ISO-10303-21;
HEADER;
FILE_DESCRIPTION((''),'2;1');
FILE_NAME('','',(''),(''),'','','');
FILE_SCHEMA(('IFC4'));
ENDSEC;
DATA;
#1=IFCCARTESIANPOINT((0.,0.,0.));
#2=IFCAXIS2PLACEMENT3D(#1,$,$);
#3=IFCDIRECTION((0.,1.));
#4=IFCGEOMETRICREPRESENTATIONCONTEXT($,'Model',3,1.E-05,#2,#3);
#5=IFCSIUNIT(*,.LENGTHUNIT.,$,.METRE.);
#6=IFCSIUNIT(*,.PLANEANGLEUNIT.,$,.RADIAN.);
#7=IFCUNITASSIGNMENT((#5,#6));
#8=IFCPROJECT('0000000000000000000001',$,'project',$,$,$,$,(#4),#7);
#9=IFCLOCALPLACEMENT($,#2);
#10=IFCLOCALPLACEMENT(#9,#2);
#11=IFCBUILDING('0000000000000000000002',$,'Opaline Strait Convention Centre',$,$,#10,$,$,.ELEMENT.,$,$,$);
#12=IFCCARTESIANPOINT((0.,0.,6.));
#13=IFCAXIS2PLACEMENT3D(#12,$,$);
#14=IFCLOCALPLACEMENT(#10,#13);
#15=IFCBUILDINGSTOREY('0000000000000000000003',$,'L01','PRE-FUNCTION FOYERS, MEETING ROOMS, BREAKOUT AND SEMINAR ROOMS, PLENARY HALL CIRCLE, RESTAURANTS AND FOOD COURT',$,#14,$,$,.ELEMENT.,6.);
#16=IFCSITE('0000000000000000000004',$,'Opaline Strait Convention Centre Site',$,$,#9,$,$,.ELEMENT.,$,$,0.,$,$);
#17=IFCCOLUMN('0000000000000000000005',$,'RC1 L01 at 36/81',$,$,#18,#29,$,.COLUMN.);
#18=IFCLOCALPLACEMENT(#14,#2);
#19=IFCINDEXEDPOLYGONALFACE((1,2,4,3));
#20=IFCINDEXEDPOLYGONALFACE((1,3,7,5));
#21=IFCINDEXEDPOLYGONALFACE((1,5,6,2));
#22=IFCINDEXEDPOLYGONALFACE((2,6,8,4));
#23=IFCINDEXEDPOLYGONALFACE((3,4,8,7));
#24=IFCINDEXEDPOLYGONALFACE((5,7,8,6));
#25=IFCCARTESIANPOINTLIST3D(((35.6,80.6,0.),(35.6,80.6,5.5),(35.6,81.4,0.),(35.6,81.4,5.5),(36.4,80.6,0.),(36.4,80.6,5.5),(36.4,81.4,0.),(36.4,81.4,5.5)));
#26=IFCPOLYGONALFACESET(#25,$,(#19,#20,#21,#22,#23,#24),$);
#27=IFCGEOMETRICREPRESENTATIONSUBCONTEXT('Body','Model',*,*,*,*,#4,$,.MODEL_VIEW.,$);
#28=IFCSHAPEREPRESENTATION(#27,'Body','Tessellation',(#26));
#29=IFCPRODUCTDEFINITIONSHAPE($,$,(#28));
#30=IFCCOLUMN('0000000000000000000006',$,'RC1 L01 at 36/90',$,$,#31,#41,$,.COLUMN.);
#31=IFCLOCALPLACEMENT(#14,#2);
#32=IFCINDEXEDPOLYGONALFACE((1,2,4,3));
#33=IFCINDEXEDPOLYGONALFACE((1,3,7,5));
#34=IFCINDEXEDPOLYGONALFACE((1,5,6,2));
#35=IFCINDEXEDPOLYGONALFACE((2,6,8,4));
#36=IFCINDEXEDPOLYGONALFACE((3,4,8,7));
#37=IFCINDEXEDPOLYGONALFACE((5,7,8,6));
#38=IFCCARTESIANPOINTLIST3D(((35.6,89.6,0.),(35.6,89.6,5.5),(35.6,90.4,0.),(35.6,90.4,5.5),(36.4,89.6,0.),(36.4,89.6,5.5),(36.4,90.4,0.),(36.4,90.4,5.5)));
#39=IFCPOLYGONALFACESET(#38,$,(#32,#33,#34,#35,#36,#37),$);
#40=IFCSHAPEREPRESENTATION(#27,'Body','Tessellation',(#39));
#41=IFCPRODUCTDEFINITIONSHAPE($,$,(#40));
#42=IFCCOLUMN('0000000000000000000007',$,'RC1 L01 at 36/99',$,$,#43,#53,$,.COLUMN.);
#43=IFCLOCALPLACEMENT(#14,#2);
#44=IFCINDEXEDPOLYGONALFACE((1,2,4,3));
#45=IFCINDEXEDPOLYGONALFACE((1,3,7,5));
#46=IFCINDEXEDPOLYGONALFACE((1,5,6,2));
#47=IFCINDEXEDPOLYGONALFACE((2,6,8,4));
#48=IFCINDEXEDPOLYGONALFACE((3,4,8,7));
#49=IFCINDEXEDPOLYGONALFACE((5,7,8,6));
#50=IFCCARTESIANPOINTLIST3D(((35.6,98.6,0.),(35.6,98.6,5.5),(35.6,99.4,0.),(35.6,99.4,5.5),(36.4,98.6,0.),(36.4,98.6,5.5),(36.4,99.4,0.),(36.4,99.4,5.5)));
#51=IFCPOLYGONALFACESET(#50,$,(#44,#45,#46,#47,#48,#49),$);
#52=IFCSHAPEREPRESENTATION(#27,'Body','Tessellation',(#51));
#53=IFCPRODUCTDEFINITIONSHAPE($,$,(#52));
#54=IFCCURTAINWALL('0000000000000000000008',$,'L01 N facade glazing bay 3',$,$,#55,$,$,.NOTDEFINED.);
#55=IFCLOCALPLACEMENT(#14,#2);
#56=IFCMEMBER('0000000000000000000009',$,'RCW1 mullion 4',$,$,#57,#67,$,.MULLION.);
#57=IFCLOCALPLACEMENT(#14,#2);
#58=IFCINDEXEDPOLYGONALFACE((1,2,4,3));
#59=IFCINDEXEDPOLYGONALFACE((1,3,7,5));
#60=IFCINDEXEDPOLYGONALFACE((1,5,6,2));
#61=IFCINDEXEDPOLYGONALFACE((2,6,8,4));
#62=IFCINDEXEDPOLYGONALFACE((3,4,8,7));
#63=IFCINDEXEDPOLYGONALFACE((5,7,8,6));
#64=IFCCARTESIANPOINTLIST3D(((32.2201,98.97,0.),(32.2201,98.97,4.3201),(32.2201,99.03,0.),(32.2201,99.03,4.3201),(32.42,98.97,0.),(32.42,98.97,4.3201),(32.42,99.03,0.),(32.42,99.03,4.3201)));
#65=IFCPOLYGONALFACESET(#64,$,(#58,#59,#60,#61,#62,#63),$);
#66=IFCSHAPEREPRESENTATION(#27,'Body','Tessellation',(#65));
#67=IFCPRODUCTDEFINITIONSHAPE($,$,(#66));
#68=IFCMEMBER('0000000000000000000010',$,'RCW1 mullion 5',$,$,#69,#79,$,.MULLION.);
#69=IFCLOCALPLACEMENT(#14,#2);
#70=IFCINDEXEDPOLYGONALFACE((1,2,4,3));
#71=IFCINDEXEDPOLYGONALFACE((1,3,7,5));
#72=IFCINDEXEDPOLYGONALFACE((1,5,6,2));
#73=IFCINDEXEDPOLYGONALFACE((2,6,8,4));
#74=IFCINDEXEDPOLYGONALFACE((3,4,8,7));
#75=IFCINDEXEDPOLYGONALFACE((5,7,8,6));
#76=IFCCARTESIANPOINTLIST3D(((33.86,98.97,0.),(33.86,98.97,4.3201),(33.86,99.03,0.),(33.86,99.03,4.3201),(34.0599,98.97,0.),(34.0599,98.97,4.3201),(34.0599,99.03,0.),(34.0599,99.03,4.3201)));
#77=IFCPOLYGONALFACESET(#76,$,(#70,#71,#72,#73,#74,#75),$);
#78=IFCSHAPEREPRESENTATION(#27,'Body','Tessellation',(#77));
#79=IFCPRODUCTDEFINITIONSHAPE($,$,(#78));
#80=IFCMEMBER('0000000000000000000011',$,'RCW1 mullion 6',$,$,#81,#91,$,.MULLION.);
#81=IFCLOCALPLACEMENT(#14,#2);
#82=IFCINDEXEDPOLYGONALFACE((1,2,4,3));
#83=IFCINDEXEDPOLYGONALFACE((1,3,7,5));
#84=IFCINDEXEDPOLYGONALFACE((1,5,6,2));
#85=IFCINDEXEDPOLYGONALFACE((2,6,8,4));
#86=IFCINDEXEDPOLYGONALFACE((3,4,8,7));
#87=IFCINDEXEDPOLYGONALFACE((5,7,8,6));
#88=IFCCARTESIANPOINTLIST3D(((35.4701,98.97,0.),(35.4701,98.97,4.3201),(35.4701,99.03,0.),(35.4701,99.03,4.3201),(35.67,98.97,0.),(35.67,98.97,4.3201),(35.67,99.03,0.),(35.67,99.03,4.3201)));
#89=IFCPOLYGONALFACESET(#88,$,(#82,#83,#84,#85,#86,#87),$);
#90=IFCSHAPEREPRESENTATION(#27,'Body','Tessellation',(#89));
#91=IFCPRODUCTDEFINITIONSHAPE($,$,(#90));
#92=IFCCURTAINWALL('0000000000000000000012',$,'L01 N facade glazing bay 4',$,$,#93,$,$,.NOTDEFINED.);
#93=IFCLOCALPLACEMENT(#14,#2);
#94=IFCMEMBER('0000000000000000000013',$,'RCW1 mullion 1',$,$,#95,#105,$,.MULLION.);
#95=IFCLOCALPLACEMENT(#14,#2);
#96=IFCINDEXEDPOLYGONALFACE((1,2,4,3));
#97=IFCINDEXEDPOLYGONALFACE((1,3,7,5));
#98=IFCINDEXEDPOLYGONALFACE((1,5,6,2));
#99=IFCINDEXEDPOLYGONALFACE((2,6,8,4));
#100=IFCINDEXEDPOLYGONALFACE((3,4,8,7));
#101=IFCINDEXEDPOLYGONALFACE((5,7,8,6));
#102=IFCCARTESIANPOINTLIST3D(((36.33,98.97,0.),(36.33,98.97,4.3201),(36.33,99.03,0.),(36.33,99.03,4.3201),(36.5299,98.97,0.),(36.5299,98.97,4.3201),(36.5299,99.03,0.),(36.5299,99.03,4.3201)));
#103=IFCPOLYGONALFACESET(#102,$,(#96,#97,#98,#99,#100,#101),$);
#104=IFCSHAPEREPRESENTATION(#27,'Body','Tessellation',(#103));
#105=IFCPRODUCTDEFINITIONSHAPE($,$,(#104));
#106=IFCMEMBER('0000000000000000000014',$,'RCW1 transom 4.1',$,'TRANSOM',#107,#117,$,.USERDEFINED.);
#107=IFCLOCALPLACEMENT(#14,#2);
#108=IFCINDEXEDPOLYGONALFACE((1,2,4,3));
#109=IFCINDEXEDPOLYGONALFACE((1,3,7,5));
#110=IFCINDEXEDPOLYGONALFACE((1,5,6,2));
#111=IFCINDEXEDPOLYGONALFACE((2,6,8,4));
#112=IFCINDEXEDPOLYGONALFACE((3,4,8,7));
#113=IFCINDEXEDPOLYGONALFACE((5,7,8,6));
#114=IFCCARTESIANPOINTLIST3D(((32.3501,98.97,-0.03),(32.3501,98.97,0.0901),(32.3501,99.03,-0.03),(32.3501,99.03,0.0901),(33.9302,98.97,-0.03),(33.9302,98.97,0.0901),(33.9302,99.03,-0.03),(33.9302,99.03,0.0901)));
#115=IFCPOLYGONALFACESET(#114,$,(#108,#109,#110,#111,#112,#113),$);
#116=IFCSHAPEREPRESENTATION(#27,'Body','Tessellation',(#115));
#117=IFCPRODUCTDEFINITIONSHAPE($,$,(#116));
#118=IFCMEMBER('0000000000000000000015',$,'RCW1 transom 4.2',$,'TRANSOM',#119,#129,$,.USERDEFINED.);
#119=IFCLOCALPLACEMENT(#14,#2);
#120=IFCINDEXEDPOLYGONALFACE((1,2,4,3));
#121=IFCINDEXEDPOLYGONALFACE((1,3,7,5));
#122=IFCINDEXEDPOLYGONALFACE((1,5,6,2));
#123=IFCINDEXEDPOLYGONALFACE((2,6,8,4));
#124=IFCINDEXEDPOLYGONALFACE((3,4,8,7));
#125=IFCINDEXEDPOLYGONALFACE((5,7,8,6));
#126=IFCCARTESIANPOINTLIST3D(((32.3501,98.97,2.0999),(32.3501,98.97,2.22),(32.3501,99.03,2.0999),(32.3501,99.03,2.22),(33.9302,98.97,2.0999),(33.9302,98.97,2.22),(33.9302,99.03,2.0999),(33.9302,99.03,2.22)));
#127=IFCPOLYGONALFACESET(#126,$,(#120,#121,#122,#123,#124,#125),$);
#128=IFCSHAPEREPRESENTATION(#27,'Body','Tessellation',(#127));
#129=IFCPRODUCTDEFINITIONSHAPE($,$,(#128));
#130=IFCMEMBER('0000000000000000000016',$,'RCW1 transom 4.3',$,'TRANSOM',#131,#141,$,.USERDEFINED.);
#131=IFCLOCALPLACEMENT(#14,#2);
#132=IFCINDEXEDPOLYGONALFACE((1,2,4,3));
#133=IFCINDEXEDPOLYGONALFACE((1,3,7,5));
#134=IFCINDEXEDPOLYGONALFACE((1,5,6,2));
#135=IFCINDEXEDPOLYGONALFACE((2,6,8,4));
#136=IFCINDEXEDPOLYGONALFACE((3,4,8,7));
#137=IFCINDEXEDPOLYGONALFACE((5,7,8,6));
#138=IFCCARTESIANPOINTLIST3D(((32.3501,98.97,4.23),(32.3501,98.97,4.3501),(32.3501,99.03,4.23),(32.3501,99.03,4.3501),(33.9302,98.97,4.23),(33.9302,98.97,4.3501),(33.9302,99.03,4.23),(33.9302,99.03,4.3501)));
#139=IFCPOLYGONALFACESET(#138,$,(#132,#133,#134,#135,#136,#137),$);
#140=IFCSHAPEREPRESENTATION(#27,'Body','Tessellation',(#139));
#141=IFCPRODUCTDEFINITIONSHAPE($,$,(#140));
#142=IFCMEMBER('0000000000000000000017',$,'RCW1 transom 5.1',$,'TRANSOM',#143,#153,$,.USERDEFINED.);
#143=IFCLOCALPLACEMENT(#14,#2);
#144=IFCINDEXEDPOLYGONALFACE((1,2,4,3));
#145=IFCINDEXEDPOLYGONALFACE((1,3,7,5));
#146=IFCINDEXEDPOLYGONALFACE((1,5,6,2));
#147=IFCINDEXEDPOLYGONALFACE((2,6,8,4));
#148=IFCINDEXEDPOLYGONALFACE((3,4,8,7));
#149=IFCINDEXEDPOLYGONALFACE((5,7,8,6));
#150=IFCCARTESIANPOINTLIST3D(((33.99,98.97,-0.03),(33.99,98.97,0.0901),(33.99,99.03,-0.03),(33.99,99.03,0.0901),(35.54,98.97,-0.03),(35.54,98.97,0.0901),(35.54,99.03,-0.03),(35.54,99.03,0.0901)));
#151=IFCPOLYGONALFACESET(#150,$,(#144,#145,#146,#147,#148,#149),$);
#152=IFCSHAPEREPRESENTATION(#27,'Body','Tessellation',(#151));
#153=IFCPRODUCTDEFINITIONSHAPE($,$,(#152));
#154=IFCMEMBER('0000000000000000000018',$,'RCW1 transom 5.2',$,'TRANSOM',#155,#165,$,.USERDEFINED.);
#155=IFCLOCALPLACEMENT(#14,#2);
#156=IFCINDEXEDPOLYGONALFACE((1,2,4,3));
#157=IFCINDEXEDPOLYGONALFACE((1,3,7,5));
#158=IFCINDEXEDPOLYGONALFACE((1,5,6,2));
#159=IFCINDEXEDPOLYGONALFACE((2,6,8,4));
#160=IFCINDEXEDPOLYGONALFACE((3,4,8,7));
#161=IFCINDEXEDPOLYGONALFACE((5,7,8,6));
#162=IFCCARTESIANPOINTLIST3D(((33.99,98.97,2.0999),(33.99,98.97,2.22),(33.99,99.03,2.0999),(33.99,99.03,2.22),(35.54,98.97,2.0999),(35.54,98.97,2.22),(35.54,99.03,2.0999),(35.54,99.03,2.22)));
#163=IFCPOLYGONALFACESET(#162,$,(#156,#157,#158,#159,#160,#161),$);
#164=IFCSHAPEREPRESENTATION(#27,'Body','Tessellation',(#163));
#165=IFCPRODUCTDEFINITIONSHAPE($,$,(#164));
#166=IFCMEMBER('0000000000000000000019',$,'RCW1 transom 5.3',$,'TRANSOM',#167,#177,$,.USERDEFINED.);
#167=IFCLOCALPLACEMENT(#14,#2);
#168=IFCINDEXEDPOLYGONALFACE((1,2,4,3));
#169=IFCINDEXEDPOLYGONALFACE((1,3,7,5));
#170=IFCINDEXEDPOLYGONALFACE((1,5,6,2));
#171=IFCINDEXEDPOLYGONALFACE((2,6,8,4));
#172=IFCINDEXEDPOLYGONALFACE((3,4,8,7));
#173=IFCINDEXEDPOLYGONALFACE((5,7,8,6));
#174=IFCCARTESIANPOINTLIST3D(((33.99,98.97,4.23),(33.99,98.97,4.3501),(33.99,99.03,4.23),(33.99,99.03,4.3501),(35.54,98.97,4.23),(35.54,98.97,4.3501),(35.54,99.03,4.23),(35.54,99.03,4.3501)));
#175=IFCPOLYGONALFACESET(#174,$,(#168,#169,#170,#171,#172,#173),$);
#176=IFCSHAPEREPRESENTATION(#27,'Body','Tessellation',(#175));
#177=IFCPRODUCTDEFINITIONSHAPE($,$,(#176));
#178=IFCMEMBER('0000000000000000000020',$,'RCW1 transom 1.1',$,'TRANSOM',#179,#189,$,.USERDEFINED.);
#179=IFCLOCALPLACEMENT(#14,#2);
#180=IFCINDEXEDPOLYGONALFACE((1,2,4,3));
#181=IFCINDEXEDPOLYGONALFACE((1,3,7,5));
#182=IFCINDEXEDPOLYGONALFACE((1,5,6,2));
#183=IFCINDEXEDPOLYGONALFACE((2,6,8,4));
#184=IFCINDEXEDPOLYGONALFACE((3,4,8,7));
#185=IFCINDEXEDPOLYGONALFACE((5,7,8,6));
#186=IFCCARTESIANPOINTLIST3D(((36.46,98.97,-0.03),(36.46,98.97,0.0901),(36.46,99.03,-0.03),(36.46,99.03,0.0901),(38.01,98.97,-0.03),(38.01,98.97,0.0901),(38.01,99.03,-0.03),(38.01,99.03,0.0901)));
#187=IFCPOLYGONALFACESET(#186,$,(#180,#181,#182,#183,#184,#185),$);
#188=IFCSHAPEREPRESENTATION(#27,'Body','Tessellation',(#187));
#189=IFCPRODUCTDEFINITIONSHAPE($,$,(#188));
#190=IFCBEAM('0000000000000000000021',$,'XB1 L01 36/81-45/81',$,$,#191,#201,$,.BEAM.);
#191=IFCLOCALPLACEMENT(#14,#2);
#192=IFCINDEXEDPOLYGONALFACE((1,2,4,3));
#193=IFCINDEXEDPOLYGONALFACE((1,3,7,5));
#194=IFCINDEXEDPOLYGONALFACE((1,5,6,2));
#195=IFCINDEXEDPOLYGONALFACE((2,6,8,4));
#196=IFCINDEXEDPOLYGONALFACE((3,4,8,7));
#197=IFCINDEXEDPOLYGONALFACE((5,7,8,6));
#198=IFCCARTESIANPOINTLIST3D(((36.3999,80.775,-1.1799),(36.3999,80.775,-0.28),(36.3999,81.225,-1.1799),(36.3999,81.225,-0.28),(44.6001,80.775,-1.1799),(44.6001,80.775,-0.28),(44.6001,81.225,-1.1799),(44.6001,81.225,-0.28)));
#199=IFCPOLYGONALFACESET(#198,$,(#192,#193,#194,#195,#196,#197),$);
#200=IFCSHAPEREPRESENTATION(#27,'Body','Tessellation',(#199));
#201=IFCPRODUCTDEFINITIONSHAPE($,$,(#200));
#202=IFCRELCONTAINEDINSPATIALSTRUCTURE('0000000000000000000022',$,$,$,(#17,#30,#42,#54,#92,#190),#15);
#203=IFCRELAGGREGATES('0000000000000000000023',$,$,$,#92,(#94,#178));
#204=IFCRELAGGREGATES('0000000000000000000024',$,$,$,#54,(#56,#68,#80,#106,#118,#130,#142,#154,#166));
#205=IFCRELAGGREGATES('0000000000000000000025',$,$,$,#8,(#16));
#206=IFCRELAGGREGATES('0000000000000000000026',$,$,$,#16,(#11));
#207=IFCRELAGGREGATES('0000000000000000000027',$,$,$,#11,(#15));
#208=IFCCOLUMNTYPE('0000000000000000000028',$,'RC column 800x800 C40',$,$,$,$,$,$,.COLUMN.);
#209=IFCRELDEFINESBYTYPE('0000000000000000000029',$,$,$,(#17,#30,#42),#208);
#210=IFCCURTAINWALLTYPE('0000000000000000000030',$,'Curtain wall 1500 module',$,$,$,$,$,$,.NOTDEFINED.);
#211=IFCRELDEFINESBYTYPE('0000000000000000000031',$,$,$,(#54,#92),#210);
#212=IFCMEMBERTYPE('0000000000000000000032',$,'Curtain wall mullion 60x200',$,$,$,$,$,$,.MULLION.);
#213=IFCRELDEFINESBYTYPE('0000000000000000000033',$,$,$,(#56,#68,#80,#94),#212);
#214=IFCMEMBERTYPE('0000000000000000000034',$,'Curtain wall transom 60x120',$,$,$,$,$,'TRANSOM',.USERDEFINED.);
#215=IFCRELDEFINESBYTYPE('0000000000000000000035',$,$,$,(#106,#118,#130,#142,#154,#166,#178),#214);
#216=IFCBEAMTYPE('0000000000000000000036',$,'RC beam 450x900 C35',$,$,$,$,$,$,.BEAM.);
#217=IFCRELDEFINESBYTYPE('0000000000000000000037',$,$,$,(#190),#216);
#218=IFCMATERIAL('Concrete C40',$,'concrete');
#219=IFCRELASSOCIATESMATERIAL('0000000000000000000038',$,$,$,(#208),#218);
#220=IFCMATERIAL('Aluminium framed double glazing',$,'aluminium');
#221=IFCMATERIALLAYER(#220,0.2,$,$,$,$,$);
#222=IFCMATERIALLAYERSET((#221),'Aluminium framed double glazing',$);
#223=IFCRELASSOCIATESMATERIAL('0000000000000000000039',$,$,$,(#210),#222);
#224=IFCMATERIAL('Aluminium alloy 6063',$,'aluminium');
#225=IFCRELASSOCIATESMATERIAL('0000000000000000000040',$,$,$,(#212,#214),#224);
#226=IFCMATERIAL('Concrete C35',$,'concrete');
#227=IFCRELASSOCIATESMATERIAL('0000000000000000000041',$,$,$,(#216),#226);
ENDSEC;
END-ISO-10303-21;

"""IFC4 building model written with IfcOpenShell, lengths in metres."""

from ifc_helpers import new_model, si_unit, direction, frame, origin, origin_2d, place, context, subcontext, project, spatial, rectangle, extrude, material, layer, layer_set, material_profile, profile_set, type_object, element, aggregate, save


model = new_model("IFC4")

# Units and contexts
model_context = context("Model", 3, precision=1e-05, world=origin(), true_north=direction((0.0, 1.0)))
body_context = subcontext(model_context, "Body", "Model", "MODEL_VIEW")
ifc_project = project(units=[si_unit("LENGTHUNIT", "METRE"), si_unit("PLANEANGLEUNIT", "RADIAN")], contexts=[model_context])

# Site, building, storey
site_placement = place(None, origin())
site = spatial("IfcSite", under=ifc_project, at=site_placement, Name="Opaline Strait Convention Centre Site", CompositionType="ELEMENT", RefElevation=0.0)
building_placement = place(site_placement, origin())
building = spatial("IfcBuilding", under=site, at=building_placement, Name="Opaline Strait Convention Centre", CompositionType="ELEMENT")
storey_placement = place(building_placement, frame((0.0, 0.0, 6.0)))
storey = spatial("IfcBuildingStorey", under=building, at=storey_placement, Name="L01", Description="PRE-FUNCTION FOYERS, MEETING ROOMS, BREAKOUT AND SEMINAR ROOMS, PLENARY HALL CIRCLE, RESTAURANTS AND FOOD COURT", CompositionType="ELEMENT", Elevation=6.0)

# Columns
ifc_material_1 = material(Name="Concrete C40", Category="concrete")
ifc_material_profile_1 = material_profile(ifc_material_1, rectangle(XDim=0.8, YDim=0.8, at=origin_2d()), Name="RC 800x800")
ifc_profile_set_1 = profile_set([ifc_material_profile_1], Name="Concrete C40")
column_type = type_object("IfcColumnType", Name="RC column 800x800 C40", PredefinedType="COLUMN", material=ifc_profile_set_1)
for number, where, z_axis, x_axis, name in (
    (1, (36.0, 81.0, 0.0), (0.0, 0.0, 1.0), (1.0, 0.0, 0.0), "RC1 L01 at 36/81"),
    (2, (36.0, 90.0, 0.0), (0.0, 0.0, 1.0), (1.0, 0.0, 0.0), "RC1 L01 at 36/90"),
    (3, (36.0, 99.0, 0.0), (0.0, 0.0, 1.0), (1.0, 0.0, 0.0), "RC1 L01 at 36/99"),
):
    element("IfcColumn", number, at=place(storey_placement, frame(where, z_axis=z_axis, x_axis=x_axis)), inside=storey, type_object=column_type, Name=name, PredefinedType="COLUMN", context=body_context, shape_type="SweptSolid", body=[
        extrude(rectangle(XDim=0.8, YDim=0.8, at=origin_2d()), origin(), (0.0, 0.0, 1.0), 5.5),
    ])

# Curtain wall, members
ifc_material_2 = material(Name="Aluminium framed double glazing", Category="aluminium")
ifc_layer_1 = layer(ifc_material_2, 0.2)
ifc_layer_set_1 = layer_set([ifc_layer_1], Name="Aluminium framed double glazing")
curtain_wall_type = type_object("IfcCurtainWallType", Name="Curtain wall 1500 module", PredefinedType="NOTDEFINED", material=ifc_layer_set_1)
curtain_wall_1_placement = place(storey_placement, origin())
curtain_wall_1 = element("IfcCurtainWall", 4, at=curtain_wall_1_placement, inside=storey, type_object=curtain_wall_type, Name="L01 N facade glazing bay 3", PredefinedType="NOTDEFINED")
ifc_material_3 = material(Name="Aluminium alloy 6063", Category="aluminium")
ifc_material_profile_2 = material_profile(ifc_material_3, rectangle(XDim=0.0601, YDim=0.2, at=origin_2d()), Name="Curtain wall mullion 60x200")
ifc_profile_set_2 = profile_set([ifc_material_profile_2], Name="Aluminium alloy 6063")
member_type_1 = type_object("IfcMemberType", Name="Curtain wall mullion 60x200", PredefinedType="MULLION", material=ifc_profile_set_2)
member_1_placement = place(storey_placement, frame((32.3201, 99.0, 0.0), z_axis=(0.0, 0.0, 1.0), x_axis=(0.0, 1.0, 0.0)))
member_1 = element("IfcMember", 5, at=member_1_placement, type_object=member_type_1, Name="RCW1 mullion 4", PredefinedType="MULLION", context=body_context, shape_type="SweptSolid", body=[
    extrude(rectangle(XDim=0.0601, YDim=0.2, at=origin_2d()), origin(), (0.0, 0.0, 1.0), 4.3201),
])
member_2_placement = place(storey_placement, frame((33.96, 99.0, 0.0), z_axis=(0.0, 0.0, 1.0), x_axis=(0.0, 1.0, 0.0)))
member_2 = element("IfcMember", 6, at=member_2_placement, type_object=member_type_1, Name="RCW1 mullion 5", PredefinedType="MULLION", context=body_context, shape_type="SweptSolid", body=[
    extrude(rectangle(XDim=0.0601, YDim=0.2, at=origin_2d()), origin(), (0.0, 0.0, 1.0), 4.3201),
])
member_3_placement = place(storey_placement, frame((35.5701, 99.0, 0.0), z_axis=(0.0, 0.0, 1.0), x_axis=(0.0, 1.0, 0.0)))
member_3 = element("IfcMember", 7, at=member_3_placement, type_object=member_type_1, Name="RCW1 mullion 6", PredefinedType="MULLION", context=body_context, shape_type="SweptSolid", body=[
    extrude(rectangle(XDim=0.0601, YDim=0.2, at=origin_2d()), origin(), (0.0, 0.0, 1.0), 4.3201),
])

# Curtain wall, member
curtain_wall_2_placement = place(storey_placement, origin())
curtain_wall_2 = element("IfcCurtainWall", 8, at=curtain_wall_2_placement, inside=storey, type_object=curtain_wall_type, Name="L01 N facade glazing bay 4", PredefinedType="NOTDEFINED")
member_4_placement = place(storey_placement, frame((36.4299, 99.0, 0.0), z_axis=(0.0, 0.0, 1.0), x_axis=(0.0, 1.0, 0.0)))
member_4 = element("IfcMember", 9, at=member_4_placement, type_object=member_type_1, Name="RCW1 mullion 1", PredefinedType="MULLION", context=body_context, shape_type="SweptSolid", body=[
    extrude(rectangle(XDim=0.0601, YDim=0.2, at=origin_2d()), origin(), (0.0, 0.0, 1.0), 4.3201),
])

# Members
ifc_material_profile_3 = material_profile(ifc_material_3, rectangle(XDim=0.0601, YDim=0.1201, at=origin_2d()), Name="Curtain wall transom 60x120")
ifc_profile_set_3 = profile_set([ifc_material_profile_3], Name="Aluminium alloy 6063")
member_type_2 = type_object("IfcMemberType", Name="Curtain wall transom 60x120", ElementType="TRANSOM", PredefinedType="USERDEFINED", material=ifc_profile_set_3)
member_5_placement = place(storey_placement, frame((32.3501, 99.0, 0.03), z_axis=(1.0, 0.0, 0.0), x_axis=(0.0, 1.0, 0.0)))
member_5 = element("IfcMember", 10, at=member_5_placement, type_object=member_type_2, Name="RCW1 transom 4.1", ObjectType="TRANSOM", PredefinedType="USERDEFINED", context=body_context, shape_type="SweptSolid", body=[
    extrude(rectangle(XDim=0.0601, YDim=0.1201, at=origin_2d()), origin(), (0.0, 0.0, 1.0), 1.5801),
])
member_6_placement = place(storey_placement, frame((32.3501, 99.0, 2.1599), z_axis=(1.0, 0.0, 0.0), x_axis=(0.0, 1.0, 0.0)))
member_6 = element("IfcMember", 11, at=member_6_placement, type_object=member_type_2, Name="RCW1 transom 4.2", ObjectType="TRANSOM", PredefinedType="USERDEFINED", context=body_context, shape_type="SweptSolid", body=[
    extrude(rectangle(XDim=0.0601, YDim=0.1201, at=origin_2d()), origin(), (0.0, 0.0, 1.0), 1.5801),
])
member_7_placement = place(storey_placement, frame((32.3501, 99.0, 4.29), z_axis=(1.0, 0.0, 0.0), x_axis=(0.0, 1.0, 0.0)))
member_7 = element("IfcMember", 12, at=member_7_placement, type_object=member_type_2, Name="RCW1 transom 4.3", ObjectType="TRANSOM", PredefinedType="USERDEFINED", context=body_context, shape_type="SweptSolid", body=[
    extrude(rectangle(XDim=0.0601, YDim=0.1201, at=origin_2d()), origin(), (0.0, 0.0, 1.0), 1.5801),
])
member_8_placement = place(storey_placement, frame((33.99, 99.0, 0.03), z_axis=(1.0, 0.0, 0.0), x_axis=(0.0, 1.0, 0.0)))
member_8 = element("IfcMember", 13, at=member_8_placement, type_object=member_type_2, Name="RCW1 transom 5.1", ObjectType="TRANSOM", PredefinedType="USERDEFINED", context=body_context, shape_type="SweptSolid", body=[
    extrude(rectangle(XDim=0.0601, YDim=0.1201, at=origin_2d()), origin(), (0.0, 0.0, 1.0), 1.55),
])
member_9_placement = place(storey_placement, frame((33.99, 99.0, 2.1599), z_axis=(1.0, 0.0, 0.0), x_axis=(0.0, 1.0, 0.0)))
member_9 = element("IfcMember", 14, at=member_9_placement, type_object=member_type_2, Name="RCW1 transom 5.2", ObjectType="TRANSOM", PredefinedType="USERDEFINED", context=body_context, shape_type="SweptSolid", body=[
    extrude(rectangle(XDim=0.0601, YDim=0.1201, at=origin_2d()), origin(), (0.0, 0.0, 1.0), 1.55),
])
member_10_placement = place(storey_placement, frame((33.99, 99.0, 4.29), z_axis=(1.0, 0.0, 0.0), x_axis=(0.0, 1.0, 0.0)))
member_10 = element("IfcMember", 15, at=member_10_placement, type_object=member_type_2, Name="RCW1 transom 5.3", ObjectType="TRANSOM", PredefinedType="USERDEFINED", context=body_context, shape_type="SweptSolid", body=[
    extrude(rectangle(XDim=0.0601, YDim=0.1201, at=origin_2d()), origin(), (0.0, 0.0, 1.0), 1.55),
])
member_11_placement = place(storey_placement, frame((36.46, 99.0, 0.03), z_axis=(1.0, 0.0, 0.0), x_axis=(0.0, 1.0, 0.0)))
member_11 = element("IfcMember", 16, at=member_11_placement, type_object=member_type_2, Name="RCW1 transom 1.1", ObjectType="TRANSOM", PredefinedType="USERDEFINED", context=body_context, shape_type="SweptSolid", body=[
    extrude(rectangle(XDim=0.0601, YDim=0.1201, at=origin_2d()), origin(), (0.0, 0.0, 1.0), 1.55),
])
aggregate(curtain_wall_2, [member_4, member_11])

# Beam
ifc_material_4 = material(Name="Concrete C35", Category="concrete")
ifc_material_profile_4 = material_profile(ifc_material_4, rectangle(XDim=0.45, YDim=0.8999, at=origin_2d()), Name="RC 450x900")
ifc_profile_set_4 = profile_set([ifc_material_profile_4], Name="Concrete C35")
beam_type = type_object("IfcBeamType", Name="RC beam 450x900 C35", PredefinedType="BEAM", material=ifc_profile_set_4)
for number, where, z_axis, x_axis, name in (
    (17, (36.3999, 81.0, -0.73), (1.0, 0.0, 0.0), (0.0, 1.0, 0.0), "XB1 L01 36/81-45/81"),
):
    element("IfcBeam", number, at=place(storey_placement, frame(where, z_axis=z_axis, x_axis=x_axis)), inside=storey, type_object=beam_type, Name=name, PredefinedType="BEAM", context=body_context, shape_type="SweptSolid", body=[
        extrude(rectangle(XDim=0.45, YDim=0.8999, at=origin_2d()), origin(), (0.0, 0.0, 1.0), 8.2002),
    ])

aggregate(curtain_wall_1, [member_1, member_2, member_3, member_5, member_6, member_7, member_8, member_9, member_10])

save(model, "model.ifc")
